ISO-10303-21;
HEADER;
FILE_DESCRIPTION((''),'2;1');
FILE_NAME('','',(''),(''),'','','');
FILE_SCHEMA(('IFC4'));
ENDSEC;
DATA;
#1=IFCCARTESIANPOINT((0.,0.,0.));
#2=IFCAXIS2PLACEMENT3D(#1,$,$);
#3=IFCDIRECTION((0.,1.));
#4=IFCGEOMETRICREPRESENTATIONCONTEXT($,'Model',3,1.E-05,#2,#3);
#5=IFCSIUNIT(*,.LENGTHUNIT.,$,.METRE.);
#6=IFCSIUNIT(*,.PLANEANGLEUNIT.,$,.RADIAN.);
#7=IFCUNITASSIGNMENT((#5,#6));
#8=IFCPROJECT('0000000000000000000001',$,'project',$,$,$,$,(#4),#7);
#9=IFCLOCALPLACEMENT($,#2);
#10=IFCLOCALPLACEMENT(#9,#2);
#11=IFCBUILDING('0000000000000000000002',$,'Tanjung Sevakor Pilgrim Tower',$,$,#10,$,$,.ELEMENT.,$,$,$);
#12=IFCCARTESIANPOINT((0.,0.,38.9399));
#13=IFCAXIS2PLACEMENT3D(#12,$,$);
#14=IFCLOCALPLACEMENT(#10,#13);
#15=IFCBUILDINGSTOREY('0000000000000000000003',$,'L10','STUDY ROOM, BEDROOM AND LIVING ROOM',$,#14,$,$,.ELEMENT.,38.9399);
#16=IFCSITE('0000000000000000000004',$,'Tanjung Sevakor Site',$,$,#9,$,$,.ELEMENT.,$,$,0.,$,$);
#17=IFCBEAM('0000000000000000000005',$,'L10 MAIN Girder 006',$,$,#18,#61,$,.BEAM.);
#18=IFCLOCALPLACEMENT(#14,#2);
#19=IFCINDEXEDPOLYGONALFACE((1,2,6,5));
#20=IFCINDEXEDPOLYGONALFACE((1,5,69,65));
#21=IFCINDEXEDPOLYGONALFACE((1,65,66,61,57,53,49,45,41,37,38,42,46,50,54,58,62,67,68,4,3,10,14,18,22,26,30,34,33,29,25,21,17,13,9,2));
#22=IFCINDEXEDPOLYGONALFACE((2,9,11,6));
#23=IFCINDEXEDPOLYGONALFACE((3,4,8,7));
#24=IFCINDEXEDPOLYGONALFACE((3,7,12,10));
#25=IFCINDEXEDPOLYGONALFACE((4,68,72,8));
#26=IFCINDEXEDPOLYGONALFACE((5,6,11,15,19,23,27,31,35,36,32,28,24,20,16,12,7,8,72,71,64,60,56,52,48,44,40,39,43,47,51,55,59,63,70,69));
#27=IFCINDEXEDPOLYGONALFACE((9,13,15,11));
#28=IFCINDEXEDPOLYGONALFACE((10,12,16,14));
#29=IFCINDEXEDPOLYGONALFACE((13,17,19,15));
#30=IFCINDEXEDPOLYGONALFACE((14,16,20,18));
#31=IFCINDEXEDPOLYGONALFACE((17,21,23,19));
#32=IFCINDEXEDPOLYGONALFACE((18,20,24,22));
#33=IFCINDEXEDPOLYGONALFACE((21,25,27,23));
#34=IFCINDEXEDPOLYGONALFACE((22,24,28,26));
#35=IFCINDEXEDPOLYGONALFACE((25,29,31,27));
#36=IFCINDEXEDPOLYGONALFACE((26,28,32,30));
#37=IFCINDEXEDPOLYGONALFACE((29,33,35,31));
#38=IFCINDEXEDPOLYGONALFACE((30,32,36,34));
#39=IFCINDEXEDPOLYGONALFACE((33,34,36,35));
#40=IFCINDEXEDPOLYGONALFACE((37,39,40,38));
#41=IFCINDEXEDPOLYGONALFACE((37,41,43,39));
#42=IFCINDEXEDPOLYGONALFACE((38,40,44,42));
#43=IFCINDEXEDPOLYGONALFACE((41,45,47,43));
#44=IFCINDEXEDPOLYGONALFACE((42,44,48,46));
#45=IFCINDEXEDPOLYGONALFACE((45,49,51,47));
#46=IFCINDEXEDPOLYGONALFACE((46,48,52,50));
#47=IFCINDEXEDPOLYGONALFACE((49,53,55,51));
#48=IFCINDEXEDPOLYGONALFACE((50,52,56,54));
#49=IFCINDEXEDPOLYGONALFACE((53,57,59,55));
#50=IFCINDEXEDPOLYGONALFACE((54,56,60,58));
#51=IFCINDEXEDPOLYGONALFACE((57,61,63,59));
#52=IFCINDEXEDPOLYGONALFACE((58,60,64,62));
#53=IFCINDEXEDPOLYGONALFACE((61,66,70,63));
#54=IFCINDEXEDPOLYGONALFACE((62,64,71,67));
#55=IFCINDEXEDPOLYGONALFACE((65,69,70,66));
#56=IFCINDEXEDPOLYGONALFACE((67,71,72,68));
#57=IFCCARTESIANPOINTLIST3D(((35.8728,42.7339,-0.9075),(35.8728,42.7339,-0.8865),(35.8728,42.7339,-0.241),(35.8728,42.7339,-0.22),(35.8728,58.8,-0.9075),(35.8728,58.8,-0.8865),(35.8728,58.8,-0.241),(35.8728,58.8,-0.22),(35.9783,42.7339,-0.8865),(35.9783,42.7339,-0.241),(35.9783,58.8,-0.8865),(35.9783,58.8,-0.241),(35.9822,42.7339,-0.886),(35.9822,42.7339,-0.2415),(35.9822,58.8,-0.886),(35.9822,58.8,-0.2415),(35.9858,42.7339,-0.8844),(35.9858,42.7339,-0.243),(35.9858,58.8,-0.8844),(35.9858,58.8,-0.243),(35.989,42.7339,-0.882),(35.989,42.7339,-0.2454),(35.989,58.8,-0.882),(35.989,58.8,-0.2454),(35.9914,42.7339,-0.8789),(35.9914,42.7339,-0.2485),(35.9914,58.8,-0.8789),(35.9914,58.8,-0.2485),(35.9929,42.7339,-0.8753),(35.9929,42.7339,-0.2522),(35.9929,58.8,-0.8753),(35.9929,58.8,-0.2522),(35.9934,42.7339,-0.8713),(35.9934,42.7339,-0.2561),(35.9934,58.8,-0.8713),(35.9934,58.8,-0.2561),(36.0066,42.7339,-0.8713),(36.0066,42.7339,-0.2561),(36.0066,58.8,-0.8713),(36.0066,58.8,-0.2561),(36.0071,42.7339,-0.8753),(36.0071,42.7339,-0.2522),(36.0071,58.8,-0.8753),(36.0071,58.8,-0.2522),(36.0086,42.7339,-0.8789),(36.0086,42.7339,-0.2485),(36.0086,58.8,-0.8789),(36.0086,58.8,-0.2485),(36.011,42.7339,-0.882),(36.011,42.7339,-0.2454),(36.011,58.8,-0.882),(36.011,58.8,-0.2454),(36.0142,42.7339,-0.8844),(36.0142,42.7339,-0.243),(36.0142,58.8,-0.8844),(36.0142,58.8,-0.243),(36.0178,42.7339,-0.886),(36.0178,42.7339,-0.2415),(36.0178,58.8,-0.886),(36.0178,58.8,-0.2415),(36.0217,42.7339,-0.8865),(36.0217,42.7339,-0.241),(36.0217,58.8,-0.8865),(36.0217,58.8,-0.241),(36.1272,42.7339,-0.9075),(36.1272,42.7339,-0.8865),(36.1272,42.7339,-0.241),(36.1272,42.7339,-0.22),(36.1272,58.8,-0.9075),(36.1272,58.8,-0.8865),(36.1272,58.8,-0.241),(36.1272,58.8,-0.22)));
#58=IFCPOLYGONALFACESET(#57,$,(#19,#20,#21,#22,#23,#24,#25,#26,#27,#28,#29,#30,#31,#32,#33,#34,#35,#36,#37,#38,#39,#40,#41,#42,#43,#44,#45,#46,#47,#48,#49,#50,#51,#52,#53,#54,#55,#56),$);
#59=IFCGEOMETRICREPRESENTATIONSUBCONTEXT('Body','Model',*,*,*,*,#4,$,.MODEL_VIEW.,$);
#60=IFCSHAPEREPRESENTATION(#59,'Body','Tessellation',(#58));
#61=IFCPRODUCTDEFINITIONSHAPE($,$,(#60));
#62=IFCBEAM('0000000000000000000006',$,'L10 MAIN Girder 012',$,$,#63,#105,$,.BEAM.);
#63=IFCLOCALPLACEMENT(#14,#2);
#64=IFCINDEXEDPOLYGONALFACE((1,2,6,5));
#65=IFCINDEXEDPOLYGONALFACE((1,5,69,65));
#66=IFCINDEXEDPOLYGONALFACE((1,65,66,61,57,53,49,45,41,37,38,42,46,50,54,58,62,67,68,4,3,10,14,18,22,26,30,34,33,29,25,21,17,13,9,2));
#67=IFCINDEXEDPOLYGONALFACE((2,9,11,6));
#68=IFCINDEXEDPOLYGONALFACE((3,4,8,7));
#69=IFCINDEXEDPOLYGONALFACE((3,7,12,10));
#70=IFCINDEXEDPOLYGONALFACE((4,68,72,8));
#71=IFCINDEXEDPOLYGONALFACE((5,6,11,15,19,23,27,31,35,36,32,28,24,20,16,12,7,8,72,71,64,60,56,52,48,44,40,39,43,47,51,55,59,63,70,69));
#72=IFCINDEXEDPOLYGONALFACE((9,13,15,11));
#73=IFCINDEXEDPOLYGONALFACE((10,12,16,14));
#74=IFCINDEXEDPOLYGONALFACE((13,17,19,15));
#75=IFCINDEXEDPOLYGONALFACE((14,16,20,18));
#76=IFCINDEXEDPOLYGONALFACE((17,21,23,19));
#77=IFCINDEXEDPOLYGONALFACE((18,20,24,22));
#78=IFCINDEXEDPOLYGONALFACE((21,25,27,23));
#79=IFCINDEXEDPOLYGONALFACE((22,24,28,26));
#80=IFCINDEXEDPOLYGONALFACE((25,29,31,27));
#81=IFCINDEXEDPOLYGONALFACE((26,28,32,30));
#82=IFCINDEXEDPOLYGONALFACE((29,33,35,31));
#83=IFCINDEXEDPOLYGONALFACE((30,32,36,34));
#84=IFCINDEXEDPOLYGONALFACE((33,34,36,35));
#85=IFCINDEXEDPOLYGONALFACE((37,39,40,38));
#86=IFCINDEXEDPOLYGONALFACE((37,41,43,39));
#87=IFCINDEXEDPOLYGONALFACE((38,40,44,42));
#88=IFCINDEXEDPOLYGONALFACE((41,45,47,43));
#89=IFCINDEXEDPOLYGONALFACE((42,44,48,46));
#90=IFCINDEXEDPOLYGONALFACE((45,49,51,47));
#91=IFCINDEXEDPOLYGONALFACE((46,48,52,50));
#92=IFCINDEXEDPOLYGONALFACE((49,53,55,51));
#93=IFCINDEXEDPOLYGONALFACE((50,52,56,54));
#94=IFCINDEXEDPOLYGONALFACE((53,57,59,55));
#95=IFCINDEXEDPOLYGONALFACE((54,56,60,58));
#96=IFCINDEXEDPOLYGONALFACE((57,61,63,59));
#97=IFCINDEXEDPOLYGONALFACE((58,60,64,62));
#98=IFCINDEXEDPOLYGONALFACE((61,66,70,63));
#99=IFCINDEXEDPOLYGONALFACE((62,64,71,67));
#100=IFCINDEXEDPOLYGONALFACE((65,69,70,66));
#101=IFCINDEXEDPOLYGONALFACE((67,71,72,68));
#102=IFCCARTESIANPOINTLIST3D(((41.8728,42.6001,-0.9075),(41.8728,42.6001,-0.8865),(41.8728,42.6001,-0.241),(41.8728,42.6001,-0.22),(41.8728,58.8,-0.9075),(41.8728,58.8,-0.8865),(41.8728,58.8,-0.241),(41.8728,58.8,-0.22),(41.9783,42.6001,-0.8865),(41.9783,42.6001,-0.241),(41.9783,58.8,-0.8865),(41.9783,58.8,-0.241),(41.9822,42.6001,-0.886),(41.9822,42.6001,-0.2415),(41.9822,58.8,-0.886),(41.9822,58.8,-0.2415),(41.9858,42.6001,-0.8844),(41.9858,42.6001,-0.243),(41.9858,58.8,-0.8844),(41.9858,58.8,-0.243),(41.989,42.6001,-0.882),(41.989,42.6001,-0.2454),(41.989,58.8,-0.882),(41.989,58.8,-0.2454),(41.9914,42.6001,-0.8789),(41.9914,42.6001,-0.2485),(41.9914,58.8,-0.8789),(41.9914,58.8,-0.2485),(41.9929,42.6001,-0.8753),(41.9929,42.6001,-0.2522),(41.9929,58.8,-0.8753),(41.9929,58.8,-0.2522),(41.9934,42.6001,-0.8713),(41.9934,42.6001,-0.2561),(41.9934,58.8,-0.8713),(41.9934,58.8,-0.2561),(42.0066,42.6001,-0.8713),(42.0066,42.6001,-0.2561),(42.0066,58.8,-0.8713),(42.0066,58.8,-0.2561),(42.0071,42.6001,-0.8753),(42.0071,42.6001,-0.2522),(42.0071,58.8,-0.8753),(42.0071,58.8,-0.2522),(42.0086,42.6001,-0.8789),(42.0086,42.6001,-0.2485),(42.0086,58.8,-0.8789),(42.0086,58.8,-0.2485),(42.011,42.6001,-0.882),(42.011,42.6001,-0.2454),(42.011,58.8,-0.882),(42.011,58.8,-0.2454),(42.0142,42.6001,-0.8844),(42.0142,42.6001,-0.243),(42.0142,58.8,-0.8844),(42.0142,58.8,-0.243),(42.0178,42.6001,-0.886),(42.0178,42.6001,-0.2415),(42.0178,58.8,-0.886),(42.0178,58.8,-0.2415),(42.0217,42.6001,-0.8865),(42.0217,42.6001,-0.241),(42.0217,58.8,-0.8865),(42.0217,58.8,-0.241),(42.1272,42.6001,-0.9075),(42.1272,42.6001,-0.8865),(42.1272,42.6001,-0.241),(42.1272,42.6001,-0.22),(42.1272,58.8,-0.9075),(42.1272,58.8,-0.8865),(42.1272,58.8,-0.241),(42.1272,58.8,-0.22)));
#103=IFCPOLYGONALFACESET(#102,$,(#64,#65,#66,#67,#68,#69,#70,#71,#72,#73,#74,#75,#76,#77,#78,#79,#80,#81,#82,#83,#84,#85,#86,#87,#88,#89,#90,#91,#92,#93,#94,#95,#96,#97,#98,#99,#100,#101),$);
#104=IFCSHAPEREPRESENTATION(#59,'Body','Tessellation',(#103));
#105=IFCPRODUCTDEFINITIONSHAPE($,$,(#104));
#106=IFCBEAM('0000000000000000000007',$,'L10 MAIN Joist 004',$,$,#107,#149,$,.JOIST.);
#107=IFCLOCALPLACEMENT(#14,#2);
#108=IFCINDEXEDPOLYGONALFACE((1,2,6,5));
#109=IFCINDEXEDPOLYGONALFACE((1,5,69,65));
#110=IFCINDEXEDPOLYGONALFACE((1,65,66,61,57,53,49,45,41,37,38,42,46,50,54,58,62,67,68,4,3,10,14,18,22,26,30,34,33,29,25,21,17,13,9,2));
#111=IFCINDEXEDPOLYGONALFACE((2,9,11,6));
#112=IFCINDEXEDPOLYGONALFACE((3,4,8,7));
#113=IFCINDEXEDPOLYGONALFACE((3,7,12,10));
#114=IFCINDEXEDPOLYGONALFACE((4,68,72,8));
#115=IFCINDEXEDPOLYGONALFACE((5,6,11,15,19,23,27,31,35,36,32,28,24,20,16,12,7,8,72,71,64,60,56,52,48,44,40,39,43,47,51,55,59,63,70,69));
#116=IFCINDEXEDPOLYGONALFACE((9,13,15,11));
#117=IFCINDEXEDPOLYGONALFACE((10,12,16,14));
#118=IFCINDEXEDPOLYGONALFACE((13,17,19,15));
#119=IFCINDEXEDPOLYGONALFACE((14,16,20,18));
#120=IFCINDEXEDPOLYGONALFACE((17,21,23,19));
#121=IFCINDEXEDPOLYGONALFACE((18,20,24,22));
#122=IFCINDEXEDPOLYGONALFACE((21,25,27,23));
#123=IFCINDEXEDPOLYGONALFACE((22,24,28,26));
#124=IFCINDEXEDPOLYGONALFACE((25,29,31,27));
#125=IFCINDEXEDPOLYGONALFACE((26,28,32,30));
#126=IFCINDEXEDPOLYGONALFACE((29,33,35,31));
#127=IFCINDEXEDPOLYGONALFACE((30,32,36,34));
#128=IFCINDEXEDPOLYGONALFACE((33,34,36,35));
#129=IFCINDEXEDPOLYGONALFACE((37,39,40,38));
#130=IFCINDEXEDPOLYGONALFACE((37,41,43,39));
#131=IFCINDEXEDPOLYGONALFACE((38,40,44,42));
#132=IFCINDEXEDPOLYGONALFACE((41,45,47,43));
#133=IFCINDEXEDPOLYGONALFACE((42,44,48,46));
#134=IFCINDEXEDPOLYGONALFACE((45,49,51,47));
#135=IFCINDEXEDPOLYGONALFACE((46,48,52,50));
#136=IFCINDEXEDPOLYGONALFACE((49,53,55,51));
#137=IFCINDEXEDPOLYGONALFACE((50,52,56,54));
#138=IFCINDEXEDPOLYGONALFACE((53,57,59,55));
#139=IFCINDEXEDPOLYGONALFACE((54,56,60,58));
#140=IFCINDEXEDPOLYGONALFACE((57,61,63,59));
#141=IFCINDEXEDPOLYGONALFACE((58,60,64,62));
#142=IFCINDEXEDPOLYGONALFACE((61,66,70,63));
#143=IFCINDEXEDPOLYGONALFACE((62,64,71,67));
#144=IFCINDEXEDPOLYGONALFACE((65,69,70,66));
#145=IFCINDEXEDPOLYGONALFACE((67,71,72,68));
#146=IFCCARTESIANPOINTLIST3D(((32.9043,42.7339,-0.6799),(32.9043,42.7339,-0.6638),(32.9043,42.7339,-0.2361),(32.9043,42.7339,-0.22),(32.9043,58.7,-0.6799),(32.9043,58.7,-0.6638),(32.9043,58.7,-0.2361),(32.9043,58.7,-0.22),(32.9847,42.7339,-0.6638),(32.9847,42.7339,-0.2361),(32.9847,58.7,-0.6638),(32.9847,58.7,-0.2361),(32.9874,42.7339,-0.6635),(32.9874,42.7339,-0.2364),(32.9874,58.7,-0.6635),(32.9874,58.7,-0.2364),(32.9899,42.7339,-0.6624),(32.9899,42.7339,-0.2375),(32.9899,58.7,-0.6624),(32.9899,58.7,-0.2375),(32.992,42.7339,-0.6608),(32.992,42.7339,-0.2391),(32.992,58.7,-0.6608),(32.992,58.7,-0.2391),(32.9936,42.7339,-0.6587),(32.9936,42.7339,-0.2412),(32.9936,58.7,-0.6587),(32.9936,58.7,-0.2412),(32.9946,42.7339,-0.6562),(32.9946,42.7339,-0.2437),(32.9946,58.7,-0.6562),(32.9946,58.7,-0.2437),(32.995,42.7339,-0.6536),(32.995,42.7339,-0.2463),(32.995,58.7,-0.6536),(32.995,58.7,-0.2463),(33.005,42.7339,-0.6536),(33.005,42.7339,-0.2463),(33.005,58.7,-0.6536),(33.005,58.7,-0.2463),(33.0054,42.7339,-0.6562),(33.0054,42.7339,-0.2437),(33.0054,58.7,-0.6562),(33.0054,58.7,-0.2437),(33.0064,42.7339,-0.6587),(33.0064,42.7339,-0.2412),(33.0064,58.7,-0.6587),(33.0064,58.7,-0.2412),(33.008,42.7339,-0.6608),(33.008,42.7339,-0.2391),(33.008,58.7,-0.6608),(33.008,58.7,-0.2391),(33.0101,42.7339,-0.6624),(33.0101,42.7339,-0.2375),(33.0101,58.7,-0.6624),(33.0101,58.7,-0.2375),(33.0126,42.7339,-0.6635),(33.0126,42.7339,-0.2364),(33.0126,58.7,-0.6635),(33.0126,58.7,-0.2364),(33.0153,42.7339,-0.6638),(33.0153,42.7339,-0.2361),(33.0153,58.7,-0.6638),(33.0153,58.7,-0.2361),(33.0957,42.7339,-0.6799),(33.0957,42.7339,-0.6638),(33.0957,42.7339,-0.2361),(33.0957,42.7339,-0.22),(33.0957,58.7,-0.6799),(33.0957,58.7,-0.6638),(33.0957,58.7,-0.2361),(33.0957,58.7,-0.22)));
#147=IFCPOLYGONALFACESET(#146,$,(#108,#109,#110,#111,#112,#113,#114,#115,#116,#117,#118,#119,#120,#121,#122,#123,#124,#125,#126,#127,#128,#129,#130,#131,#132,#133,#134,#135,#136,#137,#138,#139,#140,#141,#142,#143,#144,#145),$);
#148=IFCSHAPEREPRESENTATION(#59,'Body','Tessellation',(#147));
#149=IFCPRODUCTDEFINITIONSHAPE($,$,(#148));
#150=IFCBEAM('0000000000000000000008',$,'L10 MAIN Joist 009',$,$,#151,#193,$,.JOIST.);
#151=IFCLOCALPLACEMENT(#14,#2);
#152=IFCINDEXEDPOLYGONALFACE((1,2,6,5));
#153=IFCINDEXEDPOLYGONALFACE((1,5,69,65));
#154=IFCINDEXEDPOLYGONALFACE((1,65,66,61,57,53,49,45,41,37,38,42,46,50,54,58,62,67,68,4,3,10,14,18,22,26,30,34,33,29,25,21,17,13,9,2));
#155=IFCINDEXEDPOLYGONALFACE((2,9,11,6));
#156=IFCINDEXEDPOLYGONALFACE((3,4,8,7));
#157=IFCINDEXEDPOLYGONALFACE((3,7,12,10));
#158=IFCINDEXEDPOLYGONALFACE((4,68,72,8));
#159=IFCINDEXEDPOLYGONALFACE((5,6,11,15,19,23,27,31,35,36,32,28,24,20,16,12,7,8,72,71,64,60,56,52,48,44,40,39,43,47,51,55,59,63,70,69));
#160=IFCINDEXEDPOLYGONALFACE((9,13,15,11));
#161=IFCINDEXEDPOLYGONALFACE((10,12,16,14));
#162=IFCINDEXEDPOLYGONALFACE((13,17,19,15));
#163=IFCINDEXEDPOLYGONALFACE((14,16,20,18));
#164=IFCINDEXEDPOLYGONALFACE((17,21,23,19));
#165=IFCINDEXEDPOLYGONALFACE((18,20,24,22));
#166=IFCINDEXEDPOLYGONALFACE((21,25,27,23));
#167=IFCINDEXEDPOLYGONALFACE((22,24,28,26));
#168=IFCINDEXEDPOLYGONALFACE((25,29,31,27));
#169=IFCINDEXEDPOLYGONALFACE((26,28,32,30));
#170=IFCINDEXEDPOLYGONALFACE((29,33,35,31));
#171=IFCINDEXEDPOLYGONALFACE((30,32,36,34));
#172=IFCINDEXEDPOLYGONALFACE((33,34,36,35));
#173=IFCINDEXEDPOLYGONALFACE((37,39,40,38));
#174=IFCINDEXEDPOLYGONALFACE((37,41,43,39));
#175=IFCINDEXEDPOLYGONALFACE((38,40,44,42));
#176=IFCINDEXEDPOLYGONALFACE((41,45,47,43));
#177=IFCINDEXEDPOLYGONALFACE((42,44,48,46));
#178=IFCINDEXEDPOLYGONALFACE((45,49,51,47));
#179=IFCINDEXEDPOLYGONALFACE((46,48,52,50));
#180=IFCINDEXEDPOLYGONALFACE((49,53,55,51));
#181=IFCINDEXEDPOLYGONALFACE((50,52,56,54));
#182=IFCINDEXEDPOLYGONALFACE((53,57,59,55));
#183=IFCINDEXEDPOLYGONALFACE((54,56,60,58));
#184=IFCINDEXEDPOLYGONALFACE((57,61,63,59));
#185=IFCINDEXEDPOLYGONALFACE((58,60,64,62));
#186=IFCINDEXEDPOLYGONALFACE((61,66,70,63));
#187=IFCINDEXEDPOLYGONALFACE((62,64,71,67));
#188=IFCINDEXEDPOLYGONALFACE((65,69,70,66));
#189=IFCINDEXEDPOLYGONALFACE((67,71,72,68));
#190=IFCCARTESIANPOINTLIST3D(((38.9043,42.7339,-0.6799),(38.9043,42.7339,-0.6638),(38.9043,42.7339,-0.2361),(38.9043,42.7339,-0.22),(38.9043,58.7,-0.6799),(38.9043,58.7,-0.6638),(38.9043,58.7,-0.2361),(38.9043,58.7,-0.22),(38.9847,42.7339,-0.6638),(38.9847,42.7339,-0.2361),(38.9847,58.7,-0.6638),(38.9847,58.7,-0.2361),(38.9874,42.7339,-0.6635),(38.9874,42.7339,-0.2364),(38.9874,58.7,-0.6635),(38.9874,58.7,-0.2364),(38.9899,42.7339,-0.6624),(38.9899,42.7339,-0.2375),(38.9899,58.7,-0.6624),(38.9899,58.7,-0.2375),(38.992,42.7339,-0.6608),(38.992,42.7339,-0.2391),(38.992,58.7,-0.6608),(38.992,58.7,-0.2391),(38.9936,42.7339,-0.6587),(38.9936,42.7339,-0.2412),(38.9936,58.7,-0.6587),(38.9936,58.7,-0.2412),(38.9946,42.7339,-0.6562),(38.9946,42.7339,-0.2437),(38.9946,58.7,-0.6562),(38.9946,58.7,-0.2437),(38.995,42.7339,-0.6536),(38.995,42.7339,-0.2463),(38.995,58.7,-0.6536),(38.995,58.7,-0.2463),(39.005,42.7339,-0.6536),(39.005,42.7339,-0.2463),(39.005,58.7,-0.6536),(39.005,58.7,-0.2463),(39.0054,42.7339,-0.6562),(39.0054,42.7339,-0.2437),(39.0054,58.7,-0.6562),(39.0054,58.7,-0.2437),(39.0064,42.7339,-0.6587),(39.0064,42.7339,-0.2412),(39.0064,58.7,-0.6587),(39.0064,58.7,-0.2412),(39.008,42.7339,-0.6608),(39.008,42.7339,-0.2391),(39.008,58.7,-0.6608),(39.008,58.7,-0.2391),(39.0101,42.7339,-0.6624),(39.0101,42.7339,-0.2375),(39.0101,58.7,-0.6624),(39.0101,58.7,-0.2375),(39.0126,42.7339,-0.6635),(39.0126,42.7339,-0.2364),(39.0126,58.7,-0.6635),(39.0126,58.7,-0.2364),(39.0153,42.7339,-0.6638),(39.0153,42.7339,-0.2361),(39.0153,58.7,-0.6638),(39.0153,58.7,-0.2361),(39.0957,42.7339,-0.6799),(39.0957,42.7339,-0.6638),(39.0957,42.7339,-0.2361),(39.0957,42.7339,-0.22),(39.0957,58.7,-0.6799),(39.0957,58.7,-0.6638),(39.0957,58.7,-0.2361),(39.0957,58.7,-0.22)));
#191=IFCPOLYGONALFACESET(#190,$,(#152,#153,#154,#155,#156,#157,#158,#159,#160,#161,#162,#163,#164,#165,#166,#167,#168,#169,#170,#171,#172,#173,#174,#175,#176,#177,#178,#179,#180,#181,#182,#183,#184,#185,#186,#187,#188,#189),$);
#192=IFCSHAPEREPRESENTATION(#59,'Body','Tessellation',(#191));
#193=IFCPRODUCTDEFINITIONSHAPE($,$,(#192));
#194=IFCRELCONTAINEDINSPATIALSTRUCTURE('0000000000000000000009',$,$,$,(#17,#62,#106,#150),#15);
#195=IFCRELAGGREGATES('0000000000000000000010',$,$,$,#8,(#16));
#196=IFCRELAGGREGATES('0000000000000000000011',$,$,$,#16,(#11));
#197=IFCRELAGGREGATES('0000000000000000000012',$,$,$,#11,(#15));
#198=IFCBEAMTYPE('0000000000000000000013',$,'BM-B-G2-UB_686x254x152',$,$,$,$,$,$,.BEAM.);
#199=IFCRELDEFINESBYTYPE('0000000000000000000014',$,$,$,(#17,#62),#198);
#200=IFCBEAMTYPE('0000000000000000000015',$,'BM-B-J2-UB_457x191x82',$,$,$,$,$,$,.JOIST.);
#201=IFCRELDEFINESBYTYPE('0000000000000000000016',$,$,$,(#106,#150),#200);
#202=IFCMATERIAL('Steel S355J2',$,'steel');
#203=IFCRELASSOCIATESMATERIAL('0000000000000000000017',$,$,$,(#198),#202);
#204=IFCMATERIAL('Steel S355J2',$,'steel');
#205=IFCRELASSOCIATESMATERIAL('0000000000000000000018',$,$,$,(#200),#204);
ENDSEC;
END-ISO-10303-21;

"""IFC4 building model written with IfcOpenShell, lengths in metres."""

from ifc_helpers import new_model, si_unit, direction, frame, origin, origin_2d, place, context, subcontext, project, spatial, i_section, extrude, material, material_profile, profile_set, type_object, element, save


model = new_model("IFC4")

# Units and contexts
model_context = context("Model", 3, precision=1e-05, world=origin(), true_north=direction((0.0, 1.0)))
body_context = subcontext(model_context, "Body", "Model", "MODEL_VIEW")
ifc_project = project(units=[si_unit("LENGTHUNIT", "METRE"), si_unit("PLANEANGLEUNIT", "RADIAN")], contexts=[model_context])

# Site, building, storey
site_placement = place(None, origin())
site = spatial("IfcSite", under=ifc_project, at=site_placement, Name="Tanjung Sevakor Site", CompositionType="ELEMENT", RefElevation=0.0)
building_placement = place(site_placement, origin())
building = spatial("IfcBuilding", under=site, at=building_placement, Name="Tanjung Sevakor Pilgrim Tower", CompositionType="ELEMENT")
storey_placement = place(building_placement, frame((0.0, 0.0, 38.9399)))
storey = spatial("IfcBuildingStorey", under=building, at=storey_placement, Name="L10", Description="STUDY ROOM, BEDROOM AND LIVING ROOM", CompositionType="ELEMENT", Elevation=38.9399)

# Beams
ifc_material_1 = material(Name="Steel S355J2", Category="steel")
ifc_material_profile_1 = material_profile(ifc_material_1, i_section(OverallWidth=0.2544, OverallDepth=0.6875, WebThickness=0.0132, FlangeThickness=0.021, FilletRadius=0.0151, at=origin_2d()))
ifc_profile_set_1 = profile_set([ifc_material_profile_1], Name="Steel S355J2")
beam_type_1 = type_object("IfcBeamType", Name="BM-B-G2-UB_686x254x152", PredefinedType="BEAM", material=ifc_profile_set_1)
beam_1_placement = place(storey_placement, frame((36.0, 42.7339, -0.5637), z_axis=(0.0, 1.0, 0.0), x_axis=(-1.0, 0.0, 0.0)))
element("IfcBeam", 1, at=beam_1_placement, inside=storey, type_object=beam_type_1, Name="L10 MAIN Girder 006", PredefinedType="BEAM", context=body_context, shape_type="SweptSolid", body=[
    extrude(i_section(OverallWidth=0.2544, OverallDepth=0.6875, WebThickness=0.0132, FlangeThickness=0.021, FilletRadius=0.0151, at=origin_2d()), origin(), (0.0, 0.0, 1.0), 16.0662),
])
beam_2_placement = place(storey_placement, frame((42.0, 42.6001, -0.5637), z_axis=(0.0, 1.0, 0.0), x_axis=(-1.0, 0.0, 0.0)))
element("IfcBeam", 2, at=beam_2_placement, inside=storey, type_object=beam_type_1, Name="L10 MAIN Girder 012", PredefinedType="BEAM", context=body_context, shape_type="SweptSolid", body=[
    extrude(i_section(OverallWidth=0.2544, OverallDepth=0.6875, WebThickness=0.0132, FlangeThickness=0.021, FilletRadius=0.0151, at=origin_2d()), origin(), (0.0, 0.0, 1.0), 16.2),
])
ifc_material_2 = material(Name="Steel S355J2", Category="steel")
ifc_material_profile_2 = material_profile(ifc_material_2, i_section(OverallWidth=0.1914, OverallDepth=0.46, WebThickness=0.01, FlangeThickness=0.0161, FilletRadius=0.0103, at=origin_2d()))
ifc_profile_set_2 = profile_set([ifc_material_profile_2], Name="Steel S355J2")
beam_type_2 = type_object("IfcBeamType", Name="BM-B-J2-UB_457x191x82", PredefinedType="JOIST", material=ifc_profile_set_2)
for number, where, z_axis, x_axis, name in (
    (3, (33.0, 42.7339, -0.45), (0.0, 1.0, 0.0), (-1.0, 0.0, 0.0), "L10 MAIN Joist 004"),
    (4, (39.0, 42.7339, -0.45), (0.0, 1.0, 0.0), (-1.0, 0.0, 0.0), "L10 MAIN Joist 009"),
):
    element("IfcBeam", number, at=place(storey_placement, frame(where, z_axis=z_axis, x_axis=x_axis)), inside=storey, type_object=beam_type_2, Name=name, PredefinedType="JOIST", context=body_context, shape_type="SweptSolid", body=[
        extrude(i_section(OverallWidth=0.1914, OverallDepth=0.46, WebThickness=0.01, FlangeThickness=0.0161, FilletRadius=0.0103, at=origin_2d()), origin(), (0.0, 0.0, 1.0), 15.9661),
    ])

save(model, "model.ifc")
